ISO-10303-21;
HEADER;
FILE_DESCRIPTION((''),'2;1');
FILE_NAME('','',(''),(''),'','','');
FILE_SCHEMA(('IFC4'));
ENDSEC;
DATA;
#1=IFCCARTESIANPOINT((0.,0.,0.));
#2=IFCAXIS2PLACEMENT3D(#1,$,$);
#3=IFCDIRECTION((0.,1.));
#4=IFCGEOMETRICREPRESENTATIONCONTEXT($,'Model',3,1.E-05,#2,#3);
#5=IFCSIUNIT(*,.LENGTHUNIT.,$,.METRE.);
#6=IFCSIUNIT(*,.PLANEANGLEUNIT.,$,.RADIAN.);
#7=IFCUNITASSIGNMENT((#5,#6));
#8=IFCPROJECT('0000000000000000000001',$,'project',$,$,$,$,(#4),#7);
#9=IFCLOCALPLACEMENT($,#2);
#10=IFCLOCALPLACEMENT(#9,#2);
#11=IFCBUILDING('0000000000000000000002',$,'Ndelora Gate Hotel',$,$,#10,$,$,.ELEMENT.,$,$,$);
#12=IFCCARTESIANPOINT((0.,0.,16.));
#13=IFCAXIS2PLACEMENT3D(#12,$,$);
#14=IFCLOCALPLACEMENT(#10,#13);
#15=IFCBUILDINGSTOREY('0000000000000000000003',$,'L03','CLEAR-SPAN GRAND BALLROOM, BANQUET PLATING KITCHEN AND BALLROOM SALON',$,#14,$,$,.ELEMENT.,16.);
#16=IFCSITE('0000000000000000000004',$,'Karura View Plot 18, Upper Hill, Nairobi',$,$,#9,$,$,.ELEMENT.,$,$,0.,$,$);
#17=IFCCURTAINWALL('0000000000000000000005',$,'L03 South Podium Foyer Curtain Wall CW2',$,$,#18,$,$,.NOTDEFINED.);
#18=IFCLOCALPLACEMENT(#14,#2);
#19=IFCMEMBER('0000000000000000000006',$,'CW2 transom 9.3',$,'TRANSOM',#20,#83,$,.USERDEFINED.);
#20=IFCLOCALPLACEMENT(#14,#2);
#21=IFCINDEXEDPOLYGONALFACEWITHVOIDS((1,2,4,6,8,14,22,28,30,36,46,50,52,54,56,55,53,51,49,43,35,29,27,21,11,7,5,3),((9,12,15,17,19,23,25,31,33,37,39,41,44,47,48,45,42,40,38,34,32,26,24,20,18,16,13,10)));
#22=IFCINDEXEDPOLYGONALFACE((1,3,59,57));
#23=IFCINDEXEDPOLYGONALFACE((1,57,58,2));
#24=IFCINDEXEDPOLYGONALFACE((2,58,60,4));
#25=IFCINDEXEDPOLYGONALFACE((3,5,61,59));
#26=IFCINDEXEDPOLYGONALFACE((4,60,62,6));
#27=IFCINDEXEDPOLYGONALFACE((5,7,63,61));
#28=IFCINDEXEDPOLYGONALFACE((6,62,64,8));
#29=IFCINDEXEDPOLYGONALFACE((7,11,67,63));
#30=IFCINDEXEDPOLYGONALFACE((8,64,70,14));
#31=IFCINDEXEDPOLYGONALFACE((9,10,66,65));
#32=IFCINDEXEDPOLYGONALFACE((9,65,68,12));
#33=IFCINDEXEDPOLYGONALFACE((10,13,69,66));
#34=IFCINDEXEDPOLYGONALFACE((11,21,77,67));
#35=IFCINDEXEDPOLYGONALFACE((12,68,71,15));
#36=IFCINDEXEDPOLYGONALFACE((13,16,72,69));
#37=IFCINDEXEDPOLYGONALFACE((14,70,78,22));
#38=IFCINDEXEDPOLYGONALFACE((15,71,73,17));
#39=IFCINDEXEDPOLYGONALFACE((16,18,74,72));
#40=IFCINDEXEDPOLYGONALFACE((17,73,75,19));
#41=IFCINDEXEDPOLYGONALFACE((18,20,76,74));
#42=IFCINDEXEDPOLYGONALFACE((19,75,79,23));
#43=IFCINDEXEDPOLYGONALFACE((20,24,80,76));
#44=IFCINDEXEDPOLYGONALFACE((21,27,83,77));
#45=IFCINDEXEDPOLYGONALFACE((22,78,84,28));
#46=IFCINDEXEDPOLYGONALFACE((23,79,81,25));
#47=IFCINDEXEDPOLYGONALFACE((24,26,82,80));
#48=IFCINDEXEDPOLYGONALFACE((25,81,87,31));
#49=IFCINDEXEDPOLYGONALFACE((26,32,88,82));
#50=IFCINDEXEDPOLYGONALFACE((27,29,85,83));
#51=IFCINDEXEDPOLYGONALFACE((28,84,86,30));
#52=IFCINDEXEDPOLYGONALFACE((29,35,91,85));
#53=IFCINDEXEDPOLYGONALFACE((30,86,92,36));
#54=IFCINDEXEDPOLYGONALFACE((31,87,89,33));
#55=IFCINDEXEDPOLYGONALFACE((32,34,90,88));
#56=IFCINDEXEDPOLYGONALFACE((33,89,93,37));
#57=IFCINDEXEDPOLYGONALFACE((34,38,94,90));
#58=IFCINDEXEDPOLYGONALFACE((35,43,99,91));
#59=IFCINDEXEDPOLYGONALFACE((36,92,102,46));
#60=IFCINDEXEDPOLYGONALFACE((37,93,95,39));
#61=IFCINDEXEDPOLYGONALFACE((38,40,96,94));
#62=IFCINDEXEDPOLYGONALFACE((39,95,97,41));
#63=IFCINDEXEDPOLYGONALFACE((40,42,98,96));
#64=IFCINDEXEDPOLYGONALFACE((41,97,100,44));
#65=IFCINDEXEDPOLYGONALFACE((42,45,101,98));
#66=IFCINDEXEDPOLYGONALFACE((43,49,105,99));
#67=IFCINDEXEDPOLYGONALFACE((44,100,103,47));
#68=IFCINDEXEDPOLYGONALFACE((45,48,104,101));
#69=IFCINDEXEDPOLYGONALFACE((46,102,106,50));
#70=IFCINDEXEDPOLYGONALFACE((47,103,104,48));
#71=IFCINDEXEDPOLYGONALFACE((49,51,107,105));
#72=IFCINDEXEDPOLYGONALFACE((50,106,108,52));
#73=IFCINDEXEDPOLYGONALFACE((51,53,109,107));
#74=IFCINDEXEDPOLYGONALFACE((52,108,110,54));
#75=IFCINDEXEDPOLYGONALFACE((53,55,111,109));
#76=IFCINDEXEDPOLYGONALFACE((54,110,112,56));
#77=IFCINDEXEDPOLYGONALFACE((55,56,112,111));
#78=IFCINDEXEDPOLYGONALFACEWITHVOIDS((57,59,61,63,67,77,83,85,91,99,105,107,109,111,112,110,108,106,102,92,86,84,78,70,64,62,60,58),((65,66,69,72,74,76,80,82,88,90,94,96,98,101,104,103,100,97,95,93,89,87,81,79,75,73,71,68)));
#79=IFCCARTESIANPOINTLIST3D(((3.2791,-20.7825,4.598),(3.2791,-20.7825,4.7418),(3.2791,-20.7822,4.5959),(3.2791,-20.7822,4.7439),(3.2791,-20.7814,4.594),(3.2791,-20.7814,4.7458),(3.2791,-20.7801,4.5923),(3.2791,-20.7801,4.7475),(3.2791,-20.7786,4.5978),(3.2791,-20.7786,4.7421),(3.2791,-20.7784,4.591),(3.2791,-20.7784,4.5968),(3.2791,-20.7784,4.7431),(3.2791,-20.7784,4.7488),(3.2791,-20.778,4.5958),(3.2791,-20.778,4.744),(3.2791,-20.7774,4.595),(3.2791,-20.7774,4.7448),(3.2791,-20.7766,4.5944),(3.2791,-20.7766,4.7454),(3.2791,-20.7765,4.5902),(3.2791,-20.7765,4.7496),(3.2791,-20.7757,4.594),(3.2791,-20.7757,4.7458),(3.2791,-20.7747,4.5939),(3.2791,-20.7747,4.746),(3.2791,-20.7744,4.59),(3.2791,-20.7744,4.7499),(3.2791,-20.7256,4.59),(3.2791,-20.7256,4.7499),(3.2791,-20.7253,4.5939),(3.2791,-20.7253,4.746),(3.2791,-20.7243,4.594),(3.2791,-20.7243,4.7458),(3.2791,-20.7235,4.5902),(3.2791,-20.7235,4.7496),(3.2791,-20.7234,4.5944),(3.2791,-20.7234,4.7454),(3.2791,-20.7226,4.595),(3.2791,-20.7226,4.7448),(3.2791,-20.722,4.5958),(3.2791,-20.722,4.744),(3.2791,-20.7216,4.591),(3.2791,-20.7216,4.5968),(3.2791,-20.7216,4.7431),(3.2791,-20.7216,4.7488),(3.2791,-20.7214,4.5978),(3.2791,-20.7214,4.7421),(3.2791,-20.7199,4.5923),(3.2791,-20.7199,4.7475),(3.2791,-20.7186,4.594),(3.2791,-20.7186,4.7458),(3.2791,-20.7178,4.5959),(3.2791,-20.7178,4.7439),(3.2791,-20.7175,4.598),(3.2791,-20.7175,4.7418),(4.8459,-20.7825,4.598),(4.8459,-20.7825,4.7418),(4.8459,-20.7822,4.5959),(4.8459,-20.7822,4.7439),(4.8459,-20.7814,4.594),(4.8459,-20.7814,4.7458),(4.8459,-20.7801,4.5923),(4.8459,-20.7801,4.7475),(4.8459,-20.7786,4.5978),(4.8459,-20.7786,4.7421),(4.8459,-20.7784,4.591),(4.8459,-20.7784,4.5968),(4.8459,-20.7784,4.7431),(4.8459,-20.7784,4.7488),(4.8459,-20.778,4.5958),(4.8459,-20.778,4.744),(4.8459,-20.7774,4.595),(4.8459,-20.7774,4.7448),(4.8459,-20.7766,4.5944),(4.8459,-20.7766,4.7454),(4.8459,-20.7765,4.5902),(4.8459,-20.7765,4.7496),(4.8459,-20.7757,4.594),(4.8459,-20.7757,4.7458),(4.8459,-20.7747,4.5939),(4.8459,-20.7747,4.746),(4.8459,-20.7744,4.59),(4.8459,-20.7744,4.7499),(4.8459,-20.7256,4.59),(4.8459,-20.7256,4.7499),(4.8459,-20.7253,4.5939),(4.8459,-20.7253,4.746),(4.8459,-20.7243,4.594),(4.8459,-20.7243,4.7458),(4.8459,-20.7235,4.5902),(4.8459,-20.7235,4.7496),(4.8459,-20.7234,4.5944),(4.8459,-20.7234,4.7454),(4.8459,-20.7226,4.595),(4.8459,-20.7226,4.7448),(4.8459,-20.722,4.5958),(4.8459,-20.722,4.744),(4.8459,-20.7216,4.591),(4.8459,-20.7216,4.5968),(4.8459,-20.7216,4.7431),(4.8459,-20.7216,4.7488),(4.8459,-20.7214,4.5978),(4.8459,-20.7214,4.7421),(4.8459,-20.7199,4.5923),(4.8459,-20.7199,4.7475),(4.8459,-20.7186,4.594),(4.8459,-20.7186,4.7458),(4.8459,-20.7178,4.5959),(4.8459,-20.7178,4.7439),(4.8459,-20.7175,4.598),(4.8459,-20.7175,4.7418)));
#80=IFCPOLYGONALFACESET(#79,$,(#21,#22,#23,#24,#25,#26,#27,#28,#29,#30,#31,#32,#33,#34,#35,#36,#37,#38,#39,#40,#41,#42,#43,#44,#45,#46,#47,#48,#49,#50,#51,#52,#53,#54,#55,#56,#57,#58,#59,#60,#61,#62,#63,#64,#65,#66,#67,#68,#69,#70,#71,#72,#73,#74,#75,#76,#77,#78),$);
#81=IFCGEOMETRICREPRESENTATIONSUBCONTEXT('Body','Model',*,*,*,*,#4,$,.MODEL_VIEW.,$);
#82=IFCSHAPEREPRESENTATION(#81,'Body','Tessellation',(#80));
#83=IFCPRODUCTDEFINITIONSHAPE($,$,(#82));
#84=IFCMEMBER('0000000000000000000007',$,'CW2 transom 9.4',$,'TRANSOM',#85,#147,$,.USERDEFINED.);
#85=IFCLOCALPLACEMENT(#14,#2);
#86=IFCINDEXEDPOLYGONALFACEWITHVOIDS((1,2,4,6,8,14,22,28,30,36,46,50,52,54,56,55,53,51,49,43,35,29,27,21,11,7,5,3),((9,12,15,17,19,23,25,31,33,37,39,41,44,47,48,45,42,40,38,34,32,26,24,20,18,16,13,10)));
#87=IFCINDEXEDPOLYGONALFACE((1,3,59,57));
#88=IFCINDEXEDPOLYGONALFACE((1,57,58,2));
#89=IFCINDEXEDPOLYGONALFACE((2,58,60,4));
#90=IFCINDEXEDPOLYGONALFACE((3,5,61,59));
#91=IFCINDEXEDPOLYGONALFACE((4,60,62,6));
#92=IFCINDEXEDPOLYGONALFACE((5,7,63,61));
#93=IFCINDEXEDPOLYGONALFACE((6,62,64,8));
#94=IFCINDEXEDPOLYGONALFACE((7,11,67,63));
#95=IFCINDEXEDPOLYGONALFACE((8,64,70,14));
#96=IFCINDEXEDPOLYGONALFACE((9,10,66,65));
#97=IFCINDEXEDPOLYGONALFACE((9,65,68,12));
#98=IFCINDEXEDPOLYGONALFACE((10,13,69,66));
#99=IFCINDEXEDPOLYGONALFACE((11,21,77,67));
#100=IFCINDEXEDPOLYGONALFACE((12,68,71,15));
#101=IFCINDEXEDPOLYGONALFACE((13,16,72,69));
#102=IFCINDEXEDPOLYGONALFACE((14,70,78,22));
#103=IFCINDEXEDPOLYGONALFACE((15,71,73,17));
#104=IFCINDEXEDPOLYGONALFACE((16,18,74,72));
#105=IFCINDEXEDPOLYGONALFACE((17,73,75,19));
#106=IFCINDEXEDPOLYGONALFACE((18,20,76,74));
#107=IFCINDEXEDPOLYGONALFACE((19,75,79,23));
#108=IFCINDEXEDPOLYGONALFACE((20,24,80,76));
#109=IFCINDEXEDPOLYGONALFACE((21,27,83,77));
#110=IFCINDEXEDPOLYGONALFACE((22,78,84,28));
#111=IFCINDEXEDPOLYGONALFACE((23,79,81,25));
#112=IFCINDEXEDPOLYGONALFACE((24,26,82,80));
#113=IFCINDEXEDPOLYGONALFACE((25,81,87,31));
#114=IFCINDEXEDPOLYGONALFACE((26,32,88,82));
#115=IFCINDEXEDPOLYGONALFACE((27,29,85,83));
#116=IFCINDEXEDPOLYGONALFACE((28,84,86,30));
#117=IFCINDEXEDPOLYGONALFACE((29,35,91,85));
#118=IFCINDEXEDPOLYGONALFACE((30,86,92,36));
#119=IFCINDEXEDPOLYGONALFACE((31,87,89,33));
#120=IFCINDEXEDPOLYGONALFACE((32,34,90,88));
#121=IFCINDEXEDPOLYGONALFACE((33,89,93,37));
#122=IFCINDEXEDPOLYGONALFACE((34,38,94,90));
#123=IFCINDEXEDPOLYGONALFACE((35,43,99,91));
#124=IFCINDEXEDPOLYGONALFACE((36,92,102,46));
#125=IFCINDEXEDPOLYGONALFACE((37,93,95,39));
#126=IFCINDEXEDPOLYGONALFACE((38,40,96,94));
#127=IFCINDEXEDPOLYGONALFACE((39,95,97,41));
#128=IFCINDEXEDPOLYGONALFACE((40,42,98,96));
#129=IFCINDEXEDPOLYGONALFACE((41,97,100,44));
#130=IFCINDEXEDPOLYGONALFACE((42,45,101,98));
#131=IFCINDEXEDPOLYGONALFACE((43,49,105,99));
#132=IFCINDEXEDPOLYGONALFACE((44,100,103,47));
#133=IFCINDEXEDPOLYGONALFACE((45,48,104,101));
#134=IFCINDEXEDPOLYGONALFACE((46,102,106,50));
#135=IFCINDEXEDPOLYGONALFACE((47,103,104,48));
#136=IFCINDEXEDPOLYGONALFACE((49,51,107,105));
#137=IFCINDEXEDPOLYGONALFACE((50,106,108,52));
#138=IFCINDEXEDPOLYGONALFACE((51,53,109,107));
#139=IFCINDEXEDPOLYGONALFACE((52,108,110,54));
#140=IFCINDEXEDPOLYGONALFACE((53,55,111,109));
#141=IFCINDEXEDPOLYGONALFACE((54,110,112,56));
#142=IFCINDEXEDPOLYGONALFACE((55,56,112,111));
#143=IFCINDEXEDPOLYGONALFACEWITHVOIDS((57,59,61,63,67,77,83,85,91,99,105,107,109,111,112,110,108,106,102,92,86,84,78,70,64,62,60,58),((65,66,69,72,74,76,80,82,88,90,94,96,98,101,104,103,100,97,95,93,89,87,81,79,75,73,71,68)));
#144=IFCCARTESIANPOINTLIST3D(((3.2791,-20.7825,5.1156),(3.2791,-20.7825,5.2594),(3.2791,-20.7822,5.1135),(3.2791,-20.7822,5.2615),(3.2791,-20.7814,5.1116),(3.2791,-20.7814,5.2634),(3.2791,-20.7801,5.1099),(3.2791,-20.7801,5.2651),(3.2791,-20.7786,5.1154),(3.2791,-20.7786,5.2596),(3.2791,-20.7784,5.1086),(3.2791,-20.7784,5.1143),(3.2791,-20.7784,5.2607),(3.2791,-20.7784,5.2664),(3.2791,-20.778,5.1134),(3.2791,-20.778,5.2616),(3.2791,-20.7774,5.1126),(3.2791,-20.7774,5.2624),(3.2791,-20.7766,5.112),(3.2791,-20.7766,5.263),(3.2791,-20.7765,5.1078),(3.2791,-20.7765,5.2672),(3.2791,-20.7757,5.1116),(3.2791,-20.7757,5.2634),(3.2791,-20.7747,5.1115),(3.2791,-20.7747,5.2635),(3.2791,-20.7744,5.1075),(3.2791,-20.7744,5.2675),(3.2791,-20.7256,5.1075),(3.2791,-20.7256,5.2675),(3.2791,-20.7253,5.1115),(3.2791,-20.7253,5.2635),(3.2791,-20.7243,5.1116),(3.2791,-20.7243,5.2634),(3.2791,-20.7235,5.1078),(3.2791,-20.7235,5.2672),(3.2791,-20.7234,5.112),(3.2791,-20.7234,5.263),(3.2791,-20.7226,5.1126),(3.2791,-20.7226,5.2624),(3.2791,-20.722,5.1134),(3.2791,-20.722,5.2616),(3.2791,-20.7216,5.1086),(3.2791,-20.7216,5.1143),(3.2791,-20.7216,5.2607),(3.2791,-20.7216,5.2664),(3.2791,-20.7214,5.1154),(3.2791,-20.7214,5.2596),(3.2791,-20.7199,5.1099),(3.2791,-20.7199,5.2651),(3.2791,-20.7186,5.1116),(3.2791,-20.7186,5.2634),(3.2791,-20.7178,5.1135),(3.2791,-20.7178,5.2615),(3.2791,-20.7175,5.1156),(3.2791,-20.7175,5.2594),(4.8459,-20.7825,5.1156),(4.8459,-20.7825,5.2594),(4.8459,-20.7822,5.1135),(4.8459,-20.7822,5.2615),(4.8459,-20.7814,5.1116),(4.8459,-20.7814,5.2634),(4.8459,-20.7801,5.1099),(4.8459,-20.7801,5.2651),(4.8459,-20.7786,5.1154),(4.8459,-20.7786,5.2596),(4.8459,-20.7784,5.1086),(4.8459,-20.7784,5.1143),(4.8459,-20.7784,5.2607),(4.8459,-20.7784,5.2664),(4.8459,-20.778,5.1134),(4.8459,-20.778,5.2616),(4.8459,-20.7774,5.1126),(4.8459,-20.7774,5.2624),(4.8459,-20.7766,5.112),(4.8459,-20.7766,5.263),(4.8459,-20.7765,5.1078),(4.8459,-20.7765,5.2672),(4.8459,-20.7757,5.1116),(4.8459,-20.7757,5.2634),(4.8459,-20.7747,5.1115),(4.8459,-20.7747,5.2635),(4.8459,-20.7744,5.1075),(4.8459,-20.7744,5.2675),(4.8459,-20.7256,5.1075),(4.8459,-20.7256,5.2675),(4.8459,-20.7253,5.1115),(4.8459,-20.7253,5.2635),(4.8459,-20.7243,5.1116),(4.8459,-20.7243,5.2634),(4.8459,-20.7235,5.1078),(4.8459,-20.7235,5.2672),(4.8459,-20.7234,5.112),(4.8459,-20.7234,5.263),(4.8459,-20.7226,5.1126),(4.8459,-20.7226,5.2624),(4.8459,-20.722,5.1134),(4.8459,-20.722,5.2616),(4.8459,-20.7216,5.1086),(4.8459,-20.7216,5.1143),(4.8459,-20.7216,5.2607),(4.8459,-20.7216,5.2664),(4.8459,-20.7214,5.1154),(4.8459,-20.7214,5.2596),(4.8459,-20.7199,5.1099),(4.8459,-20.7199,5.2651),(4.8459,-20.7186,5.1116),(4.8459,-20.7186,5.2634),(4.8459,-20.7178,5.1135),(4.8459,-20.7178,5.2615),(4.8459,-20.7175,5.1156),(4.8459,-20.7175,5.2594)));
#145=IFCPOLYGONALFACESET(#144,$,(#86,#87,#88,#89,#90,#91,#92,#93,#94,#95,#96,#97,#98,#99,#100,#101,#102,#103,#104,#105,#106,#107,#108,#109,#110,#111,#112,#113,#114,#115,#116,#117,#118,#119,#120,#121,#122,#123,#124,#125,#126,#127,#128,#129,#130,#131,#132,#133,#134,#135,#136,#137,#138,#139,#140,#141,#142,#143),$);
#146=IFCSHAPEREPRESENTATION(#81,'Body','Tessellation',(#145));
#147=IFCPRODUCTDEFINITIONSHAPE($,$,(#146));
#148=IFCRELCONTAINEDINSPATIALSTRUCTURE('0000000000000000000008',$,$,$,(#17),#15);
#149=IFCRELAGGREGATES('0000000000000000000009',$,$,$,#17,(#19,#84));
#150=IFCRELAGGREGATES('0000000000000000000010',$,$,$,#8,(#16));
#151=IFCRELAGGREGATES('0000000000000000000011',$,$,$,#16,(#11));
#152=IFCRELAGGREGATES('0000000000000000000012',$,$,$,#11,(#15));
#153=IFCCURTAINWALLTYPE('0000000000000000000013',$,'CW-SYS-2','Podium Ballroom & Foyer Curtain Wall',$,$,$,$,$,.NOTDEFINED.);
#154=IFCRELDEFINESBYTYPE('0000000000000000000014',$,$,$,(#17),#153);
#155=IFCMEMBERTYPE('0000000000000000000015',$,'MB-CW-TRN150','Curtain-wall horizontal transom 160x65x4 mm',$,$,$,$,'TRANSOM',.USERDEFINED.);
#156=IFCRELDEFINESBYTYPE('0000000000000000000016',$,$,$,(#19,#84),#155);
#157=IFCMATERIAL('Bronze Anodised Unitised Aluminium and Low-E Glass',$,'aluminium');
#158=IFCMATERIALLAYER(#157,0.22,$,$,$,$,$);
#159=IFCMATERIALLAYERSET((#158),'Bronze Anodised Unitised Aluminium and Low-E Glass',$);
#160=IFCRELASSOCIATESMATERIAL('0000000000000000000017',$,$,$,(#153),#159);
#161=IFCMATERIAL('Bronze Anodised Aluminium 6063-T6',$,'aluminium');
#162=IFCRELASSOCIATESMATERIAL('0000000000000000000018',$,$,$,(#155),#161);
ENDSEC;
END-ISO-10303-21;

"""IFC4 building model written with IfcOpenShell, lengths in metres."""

from ifc_helpers import new_model, si_unit, direction, frame, origin, origin_2d, place, context, subcontext, project, spatial, hollow_rectangle, extrude, material, layer, layer_set, material_profile, profile_set, type_object, element, aggregate, save


model = new_model("IFC4")

# Units and contexts
model_context = context("Model", 3, precision=1e-05, world=origin(), true_north=direction((0.0, 1.0)))
body_context = subcontext(model_context, "Body", "Model", "MODEL_VIEW")
ifc_project = project(units=[si_unit("LENGTHUNIT", "METRE"), si_unit("PLANEANGLEUNIT", "RADIAN")], contexts=[model_context])

# Site, building, storey
site_placement = place(None, origin())
site = spatial("IfcSite", under=ifc_project, at=site_placement, Name="Karura View Plot 18, Upper Hill, Nairobi", CompositionType="ELEMENT", RefElevation=0.0)
building_placement = place(site_placement, origin())
building = spatial("IfcBuilding", under=site, at=building_placement, Name="Ndelora Gate Hotel", CompositionType="ELEMENT")
storey_placement = place(building_placement, frame((0.0, 0.0, 16.0)))
storey = spatial("IfcBuildingStorey", under=building, at=storey_placement, Name="L03", Description="CLEAR-SPAN GRAND BALLROOM, BANQUET PLATING KITCHEN AND BALLROOM SALON", CompositionType="ELEMENT", Elevation=16.0)

# Curtain wall, members
ifc_material_1 = material(Name="Bronze Anodised Unitised Aluminium and Low-E Glass", Category="aluminium")
ifc_layer_1 = layer(ifc_material_1, 0.22)
ifc_layer_set_1 = layer_set([ifc_layer_1], Name="Bronze Anodised Unitised Aluminium and Low-E Glass")
curtain_wall_type = type_object("IfcCurtainWallType", Name="CW-SYS-2", Description="Podium Ballroom & Foyer Curtain Wall", PredefinedType="NOTDEFINED", material=ifc_layer_set_1)
curtain_wall_placement = place(storey_placement, origin())
curtain_wall = element("IfcCurtainWall", 1, at=curtain_wall_placement, inside=storey, type_object=curtain_wall_type, Name="L03 South Podium Foyer Curtain Wall CW2", PredefinedType="NOTDEFINED")
ifc_material_2 = material(Name="Bronze Anodised Aluminium 6063-T6", Category="aluminium")
ifc_material_profile_1 = material_profile(ifc_material_2, hollow_rectangle(XDim=0.0649, YDim=0.1599, WallThickness=0.0039, InnerFilletRadius=0.0039, OuterFilletRadius=0.0081, at=origin_2d()), Name="ALU 160x65x4")
ifc_profile_set_1 = profile_set([ifc_material_profile_1], Name="Bronze Anodised Aluminium 6063-T6")
member_type_1 = type_object("IfcMemberType", Name="MB-CW-TRN150", Description="Curtain-wall horizontal transom 160x65x4 mm", ElementType="TRANSOM", PredefinedType="USERDEFINED", material=ifc_profile_set_1)
member_1_placement = place(storey_placement, frame((3.2791, -20.75, 4.6699), z_axis=(1.0, 0.0, 0.0), x_axis=(0.0, 1.0, 0.0)))
member_1 = element("IfcMember", 2, at=member_1_placement, type_object=member_type_1, Name="CW2 transom 9.3", ObjectType="TRANSOM", PredefinedType="USERDEFINED", context=body_context, shape_type="SweptSolid", body=[
    extrude(hollow_rectangle(XDim=0.0649, YDim=0.1599, WallThickness=0.0039, InnerFilletRadius=0.0039, OuterFilletRadius=0.0081, at=origin_2d()), origin(), (0.0, 0.0, 1.0), 1.5669),
])
member_2_placement = place(storey_placement, frame((3.2791, -20.75, 5.1875), z_axis=(1.0, 0.0, 0.0), x_axis=(0.0, 1.0, 0.0)))
member_2 = element("IfcMember", 3, at=member_2_placement, type_object=member_type_1, Name="CW2 transom 9.4", ObjectType="TRANSOM", PredefinedType="USERDEFINED", context=body_context, shape_type="SweptSolid", body=[
    extrude(hollow_rectangle(XDim=0.0649, YDim=0.1599, WallThickness=0.0039, InnerFilletRadius=0.0039, OuterFilletRadius=0.0081, at=origin_2d()), origin(), (0.0, 0.0, 1.0), 1.5669),
])
aggregate(curtain_wall, [member_1, member_2])

save(model, "model.ifc")
